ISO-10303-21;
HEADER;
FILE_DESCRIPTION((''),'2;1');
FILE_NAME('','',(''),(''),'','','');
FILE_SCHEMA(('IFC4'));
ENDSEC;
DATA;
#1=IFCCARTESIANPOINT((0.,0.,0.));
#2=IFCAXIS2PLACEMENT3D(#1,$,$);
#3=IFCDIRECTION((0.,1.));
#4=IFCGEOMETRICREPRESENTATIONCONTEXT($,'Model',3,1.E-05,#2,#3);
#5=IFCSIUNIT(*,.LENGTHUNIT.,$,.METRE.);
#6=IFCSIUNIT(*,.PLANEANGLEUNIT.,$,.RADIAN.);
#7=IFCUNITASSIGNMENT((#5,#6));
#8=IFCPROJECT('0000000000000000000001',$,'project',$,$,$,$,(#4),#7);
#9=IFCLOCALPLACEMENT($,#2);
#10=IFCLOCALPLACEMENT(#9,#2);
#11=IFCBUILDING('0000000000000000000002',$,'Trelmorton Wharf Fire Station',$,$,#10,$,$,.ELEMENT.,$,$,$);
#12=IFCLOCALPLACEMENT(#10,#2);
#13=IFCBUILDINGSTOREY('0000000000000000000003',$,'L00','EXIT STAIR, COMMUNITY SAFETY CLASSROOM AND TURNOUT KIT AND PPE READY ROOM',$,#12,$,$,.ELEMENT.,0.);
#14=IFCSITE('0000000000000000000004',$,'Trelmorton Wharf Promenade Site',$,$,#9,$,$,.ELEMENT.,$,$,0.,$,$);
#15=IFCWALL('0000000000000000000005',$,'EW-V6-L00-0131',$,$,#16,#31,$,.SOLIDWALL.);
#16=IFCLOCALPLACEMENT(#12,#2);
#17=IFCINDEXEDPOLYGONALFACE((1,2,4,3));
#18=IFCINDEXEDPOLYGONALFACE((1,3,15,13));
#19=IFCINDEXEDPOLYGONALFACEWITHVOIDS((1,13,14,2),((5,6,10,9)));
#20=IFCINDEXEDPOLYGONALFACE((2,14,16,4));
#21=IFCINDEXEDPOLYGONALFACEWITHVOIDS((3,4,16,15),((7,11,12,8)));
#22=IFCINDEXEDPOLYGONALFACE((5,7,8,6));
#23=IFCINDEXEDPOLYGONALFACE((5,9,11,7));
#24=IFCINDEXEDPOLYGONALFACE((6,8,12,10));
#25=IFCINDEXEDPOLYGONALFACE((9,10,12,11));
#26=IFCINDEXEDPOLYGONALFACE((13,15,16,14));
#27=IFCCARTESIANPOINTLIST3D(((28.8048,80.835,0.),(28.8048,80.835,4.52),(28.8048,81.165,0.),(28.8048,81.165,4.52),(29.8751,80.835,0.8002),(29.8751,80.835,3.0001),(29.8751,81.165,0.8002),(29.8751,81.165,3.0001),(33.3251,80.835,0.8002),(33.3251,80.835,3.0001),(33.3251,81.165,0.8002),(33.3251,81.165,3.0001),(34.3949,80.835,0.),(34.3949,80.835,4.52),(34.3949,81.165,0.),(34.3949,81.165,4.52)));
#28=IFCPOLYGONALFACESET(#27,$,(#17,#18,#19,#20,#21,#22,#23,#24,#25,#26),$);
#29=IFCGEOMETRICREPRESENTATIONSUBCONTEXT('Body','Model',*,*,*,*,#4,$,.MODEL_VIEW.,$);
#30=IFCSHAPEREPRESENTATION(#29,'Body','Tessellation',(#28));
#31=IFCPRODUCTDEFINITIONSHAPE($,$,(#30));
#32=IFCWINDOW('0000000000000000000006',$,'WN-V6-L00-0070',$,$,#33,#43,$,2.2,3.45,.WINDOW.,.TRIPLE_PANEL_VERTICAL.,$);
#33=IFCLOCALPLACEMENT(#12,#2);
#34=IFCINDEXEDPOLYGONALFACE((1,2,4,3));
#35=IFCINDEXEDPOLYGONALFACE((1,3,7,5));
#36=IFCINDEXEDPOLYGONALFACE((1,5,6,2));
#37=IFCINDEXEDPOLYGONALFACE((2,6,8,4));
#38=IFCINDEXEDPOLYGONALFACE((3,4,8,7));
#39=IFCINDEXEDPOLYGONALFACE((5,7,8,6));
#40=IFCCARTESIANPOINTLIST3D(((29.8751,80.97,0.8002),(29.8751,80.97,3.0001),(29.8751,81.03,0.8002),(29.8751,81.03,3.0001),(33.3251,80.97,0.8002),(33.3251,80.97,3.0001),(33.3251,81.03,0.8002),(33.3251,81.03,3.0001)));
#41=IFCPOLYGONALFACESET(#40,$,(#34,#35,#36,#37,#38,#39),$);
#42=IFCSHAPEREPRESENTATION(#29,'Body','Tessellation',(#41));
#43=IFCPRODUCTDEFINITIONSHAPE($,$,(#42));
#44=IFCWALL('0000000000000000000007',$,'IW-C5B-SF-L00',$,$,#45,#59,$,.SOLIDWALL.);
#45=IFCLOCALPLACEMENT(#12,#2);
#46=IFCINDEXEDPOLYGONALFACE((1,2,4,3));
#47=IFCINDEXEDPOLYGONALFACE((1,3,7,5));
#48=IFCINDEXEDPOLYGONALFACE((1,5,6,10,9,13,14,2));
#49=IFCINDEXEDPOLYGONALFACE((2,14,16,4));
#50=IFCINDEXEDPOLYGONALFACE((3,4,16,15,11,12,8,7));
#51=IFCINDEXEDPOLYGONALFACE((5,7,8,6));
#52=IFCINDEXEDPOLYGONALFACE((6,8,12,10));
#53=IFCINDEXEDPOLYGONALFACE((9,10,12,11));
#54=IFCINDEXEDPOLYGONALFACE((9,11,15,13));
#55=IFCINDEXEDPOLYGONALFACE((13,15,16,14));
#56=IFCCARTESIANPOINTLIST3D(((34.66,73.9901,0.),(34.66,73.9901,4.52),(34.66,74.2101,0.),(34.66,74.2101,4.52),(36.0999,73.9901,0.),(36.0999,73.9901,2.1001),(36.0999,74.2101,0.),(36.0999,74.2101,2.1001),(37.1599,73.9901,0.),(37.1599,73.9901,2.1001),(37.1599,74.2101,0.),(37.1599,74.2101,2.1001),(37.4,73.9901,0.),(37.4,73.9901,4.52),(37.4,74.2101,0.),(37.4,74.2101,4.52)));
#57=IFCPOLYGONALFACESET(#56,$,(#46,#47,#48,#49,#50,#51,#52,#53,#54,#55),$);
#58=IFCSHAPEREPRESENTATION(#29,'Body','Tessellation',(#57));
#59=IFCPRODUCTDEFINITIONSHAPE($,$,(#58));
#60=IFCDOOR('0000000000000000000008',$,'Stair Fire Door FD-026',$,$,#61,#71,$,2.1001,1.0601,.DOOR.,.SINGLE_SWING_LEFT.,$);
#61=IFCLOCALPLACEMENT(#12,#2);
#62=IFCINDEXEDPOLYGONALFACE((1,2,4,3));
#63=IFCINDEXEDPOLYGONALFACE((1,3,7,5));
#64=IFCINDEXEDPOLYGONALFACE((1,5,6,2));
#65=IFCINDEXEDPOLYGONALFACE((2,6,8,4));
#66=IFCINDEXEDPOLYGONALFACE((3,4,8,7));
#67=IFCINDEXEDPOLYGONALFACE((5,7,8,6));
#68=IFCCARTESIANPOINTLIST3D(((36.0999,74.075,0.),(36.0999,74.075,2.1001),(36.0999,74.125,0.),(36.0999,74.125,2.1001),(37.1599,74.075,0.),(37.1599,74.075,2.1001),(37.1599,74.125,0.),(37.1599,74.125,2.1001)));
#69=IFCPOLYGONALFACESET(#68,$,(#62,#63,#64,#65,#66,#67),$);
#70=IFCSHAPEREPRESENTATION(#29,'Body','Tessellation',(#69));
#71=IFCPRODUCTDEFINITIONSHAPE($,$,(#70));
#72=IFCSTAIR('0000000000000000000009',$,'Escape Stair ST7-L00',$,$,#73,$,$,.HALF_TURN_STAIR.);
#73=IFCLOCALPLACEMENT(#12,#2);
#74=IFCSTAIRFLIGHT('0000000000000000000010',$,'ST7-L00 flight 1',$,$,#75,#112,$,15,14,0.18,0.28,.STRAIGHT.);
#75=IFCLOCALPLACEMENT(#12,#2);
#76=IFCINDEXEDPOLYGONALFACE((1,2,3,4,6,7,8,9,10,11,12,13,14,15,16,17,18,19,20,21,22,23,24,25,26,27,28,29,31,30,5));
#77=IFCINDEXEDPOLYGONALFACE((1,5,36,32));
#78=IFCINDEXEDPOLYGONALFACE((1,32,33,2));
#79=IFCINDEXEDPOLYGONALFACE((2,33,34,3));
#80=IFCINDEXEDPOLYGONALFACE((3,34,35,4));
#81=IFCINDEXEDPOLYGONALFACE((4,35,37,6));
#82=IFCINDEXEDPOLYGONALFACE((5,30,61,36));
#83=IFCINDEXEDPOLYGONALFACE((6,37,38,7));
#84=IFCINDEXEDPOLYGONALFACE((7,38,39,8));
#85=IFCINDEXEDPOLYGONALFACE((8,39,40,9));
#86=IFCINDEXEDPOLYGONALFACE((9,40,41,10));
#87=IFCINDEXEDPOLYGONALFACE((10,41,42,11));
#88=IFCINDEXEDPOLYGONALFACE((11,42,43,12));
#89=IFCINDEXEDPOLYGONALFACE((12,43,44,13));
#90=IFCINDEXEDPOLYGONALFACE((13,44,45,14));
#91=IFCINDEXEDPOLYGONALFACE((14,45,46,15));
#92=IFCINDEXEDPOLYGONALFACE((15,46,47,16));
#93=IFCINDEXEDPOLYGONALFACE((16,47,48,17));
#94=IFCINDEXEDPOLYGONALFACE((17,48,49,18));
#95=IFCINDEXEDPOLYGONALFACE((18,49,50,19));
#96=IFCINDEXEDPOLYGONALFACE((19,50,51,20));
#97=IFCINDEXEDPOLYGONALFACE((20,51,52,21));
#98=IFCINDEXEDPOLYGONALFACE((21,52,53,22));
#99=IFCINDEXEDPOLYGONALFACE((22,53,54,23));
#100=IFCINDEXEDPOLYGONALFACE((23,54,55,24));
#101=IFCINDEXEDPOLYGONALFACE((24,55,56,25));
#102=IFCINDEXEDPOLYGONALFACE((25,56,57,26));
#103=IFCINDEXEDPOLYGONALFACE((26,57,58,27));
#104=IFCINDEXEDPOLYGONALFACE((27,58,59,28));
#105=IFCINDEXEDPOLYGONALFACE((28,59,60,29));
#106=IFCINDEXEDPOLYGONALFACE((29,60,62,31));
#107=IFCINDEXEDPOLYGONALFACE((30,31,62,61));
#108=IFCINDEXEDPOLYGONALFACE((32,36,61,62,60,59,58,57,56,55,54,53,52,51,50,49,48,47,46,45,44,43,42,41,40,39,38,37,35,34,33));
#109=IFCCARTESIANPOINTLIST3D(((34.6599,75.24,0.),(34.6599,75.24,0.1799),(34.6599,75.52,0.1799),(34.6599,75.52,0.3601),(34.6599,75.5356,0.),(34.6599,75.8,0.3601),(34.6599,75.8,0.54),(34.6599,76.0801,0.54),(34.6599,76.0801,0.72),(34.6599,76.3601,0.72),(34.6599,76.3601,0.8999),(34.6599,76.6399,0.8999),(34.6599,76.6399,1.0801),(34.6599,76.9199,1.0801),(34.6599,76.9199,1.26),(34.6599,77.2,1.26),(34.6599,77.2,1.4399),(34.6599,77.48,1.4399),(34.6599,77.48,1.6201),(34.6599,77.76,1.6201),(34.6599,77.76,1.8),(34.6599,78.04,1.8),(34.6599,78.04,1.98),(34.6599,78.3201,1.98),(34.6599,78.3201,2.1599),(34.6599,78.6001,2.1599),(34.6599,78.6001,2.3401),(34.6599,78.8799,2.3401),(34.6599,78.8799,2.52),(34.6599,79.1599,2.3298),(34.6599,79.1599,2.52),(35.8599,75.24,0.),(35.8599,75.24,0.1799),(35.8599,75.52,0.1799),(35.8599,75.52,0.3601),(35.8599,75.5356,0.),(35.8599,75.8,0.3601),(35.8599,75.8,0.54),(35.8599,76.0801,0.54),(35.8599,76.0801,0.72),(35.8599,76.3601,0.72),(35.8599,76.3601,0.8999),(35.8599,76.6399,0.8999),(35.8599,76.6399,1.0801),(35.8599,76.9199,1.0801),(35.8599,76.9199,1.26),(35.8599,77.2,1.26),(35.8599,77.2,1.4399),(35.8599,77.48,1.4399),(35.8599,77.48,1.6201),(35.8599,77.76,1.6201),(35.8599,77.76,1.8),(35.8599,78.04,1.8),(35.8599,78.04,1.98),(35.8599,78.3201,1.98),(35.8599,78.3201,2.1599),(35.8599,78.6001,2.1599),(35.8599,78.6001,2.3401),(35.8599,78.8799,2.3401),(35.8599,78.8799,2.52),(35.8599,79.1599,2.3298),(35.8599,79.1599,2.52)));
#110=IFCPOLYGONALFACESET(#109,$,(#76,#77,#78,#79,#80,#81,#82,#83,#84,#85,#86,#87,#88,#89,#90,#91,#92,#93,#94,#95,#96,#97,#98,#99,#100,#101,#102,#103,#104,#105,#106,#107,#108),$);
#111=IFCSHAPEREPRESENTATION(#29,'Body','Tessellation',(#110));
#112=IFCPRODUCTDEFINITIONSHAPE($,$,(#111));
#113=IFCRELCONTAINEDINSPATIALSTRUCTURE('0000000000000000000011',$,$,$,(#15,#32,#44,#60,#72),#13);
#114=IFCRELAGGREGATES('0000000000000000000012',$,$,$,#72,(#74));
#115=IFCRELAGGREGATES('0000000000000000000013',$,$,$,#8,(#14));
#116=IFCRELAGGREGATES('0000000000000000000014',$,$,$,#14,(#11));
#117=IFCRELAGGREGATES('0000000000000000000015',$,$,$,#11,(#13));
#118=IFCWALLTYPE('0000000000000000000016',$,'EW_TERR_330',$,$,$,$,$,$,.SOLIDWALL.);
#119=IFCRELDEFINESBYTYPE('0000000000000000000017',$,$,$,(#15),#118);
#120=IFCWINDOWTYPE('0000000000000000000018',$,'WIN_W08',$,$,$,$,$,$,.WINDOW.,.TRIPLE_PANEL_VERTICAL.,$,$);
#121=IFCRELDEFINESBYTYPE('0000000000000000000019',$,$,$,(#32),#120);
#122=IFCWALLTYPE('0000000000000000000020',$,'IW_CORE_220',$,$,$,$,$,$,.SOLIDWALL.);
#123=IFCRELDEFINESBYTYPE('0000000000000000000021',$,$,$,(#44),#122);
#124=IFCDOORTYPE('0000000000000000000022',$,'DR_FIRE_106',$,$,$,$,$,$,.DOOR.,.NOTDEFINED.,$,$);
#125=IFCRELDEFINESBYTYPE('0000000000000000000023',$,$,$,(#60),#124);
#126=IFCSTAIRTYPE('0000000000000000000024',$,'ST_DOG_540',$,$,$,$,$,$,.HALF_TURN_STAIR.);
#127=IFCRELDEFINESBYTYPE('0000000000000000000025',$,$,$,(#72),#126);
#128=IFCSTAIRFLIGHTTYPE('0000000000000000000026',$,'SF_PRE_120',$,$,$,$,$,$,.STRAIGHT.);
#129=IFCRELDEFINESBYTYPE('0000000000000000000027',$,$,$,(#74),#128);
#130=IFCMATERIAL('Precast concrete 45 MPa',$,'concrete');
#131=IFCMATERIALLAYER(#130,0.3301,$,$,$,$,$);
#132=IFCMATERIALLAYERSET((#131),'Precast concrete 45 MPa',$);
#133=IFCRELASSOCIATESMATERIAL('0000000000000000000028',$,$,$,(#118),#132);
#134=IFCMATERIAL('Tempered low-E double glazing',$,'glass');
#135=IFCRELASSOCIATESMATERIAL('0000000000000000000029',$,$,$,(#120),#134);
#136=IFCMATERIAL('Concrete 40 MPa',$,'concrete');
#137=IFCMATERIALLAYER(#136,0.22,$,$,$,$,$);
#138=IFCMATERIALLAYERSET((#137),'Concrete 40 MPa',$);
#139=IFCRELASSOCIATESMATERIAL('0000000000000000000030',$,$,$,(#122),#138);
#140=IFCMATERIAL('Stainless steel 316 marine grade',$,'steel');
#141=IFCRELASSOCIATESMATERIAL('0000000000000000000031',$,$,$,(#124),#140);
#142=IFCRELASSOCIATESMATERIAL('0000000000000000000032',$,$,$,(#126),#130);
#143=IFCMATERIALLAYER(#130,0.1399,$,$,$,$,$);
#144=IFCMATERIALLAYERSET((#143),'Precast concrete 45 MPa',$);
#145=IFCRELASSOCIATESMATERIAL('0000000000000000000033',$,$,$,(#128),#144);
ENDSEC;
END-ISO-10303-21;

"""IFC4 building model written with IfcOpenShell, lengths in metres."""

from ifc_helpers import new_model, si_unit, direction, frame, frame_2d, origin, place, context, subcontext, project, spatial, polyline, rectangle, outline, extrude, material, layer, layer_set, type_object, element, fill, aggregate, save


model = new_model("IFC4")

# Units and contexts
model_context = context("Model", 3, precision=1e-05, world=origin(), true_north=direction((0.0, 1.0)))
body_context = subcontext(model_context, "Body", "Model", "MODEL_VIEW")
ifc_project = project(units=[si_unit("LENGTHUNIT", "METRE"), si_unit("PLANEANGLEUNIT", "RADIAN")], contexts=[model_context])

# Site, building, storey
site_placement = place(None, origin())
site = spatial("IfcSite", under=ifc_project, at=site_placement, Name="Trelmorton Wharf Promenade Site", CompositionType="ELEMENT", RefElevation=0.0)
building_placement = place(site_placement, origin())
building = spatial("IfcBuilding", under=site, at=building_placement, Name="Trelmorton Wharf Fire Station", CompositionType="ELEMENT")
storey_placement = place(building_placement, origin())
storey = spatial("IfcBuildingStorey", under=building, at=storey_placement, Name="L00", Description="EXIT STAIR, COMMUNITY SAFETY CLASSROOM AND TURNOUT KIT AND PPE READY ROOM", CompositionType="ELEMENT", Elevation=0.0)

# Shared definitions
ifc_material_1 = material(Name="Concrete 40 MPa", Category="concrete")

# Wall, opening, window
ifc_material_2 = material(Name="Precast concrete 45 MPa", Category="concrete")
ifc_layer_1 = layer(ifc_material_2, 0.3301)
ifc_layer_set_1 = layer_set([ifc_layer_1], Name="Precast concrete 45 MPa")
wall_type_1 = type_object("IfcWallType", Name="EW_TERR_330", PredefinedType="SOLIDWALL", material=ifc_layer_set_1)
wall_1_placement = place(storey_placement, frame((28.8049, 81.0, 0.0), z_axis=(0.0, 0.0, 1.0), x_axis=(1.0, 0.0, 0.0)))
wall_1 = element("IfcWall", 1, at=wall_1_placement, inside=storey, type_object=wall_type_1, Name="EW-V6-L00-0131", PredefinedType="SOLIDWALL", context=body_context, shape_type="SweptSolid", body=[
    extrude(rectangle(XDim=5.5901, YDim=0.3301, at=frame_2d((2.7949, 0.0))), origin(), (0.0, 0.0, 1.0), 4.52),
])
opening_1_placement = place(wall_1_placement, frame((1.0701, 0.0, 0.8)))
opening_1 = element("IfcOpeningElement", 2, at=opening_1_placement, cuts=wall_1, PredefinedType="OPENING", context=body_context, shape_type="SweptSolid", body=[
    extrude(rectangle(XDim=3.45, YDim=2.2, at=frame_2d((1.7251, 1.1001))), frame((0.0, 0.175, 0.0), z_axis=(0.0, -1.0, 0.0), x_axis=(1.0, 0.0, 0.0)), (0.0, 0.0, 1.0), 0.3501),
])
ifc_material_3 = material(Name="Tempered low-E double glazing", Category="glass")
window_type = type_object("IfcWindowType", Name="WIN_W08", PartitioningType="TRIPLE_PANEL_VERTICAL", PredefinedType="WINDOW", material=ifc_material_3)
window_placement = place(opening_1_placement, origin())
window = element("IfcWindow", 3, at=window_placement, inside=storey, type_object=window_type, Name="WN-V6-L00-0070", OverallHeight=2.2, OverallWidth=3.45, PartitioningType="TRIPLE_PANEL_VERTICAL", PredefinedType="WINDOW", context=body_context, shape_type="SweptSolid", body=[
    extrude(rectangle(XDim=3.45, YDim=2.2, at=frame_2d((1.7251, 1.1001))), frame((0.0, 0.03, 0.0), z_axis=(0.0, -1.0, 0.0), x_axis=(1.0, 0.0, 0.0)), (0.0, 0.0, 1.0), 0.0601),
])
fill(opening_1, window)

# Wall, opening, door
ifc_layer_2 = layer(ifc_material_1, 0.22)
ifc_layer_set_2 = layer_set([ifc_layer_2], Name="Concrete 40 MPa")
wall_type_2 = type_object("IfcWallType", Name="IW_CORE_220", PredefinedType="SOLIDWALL", material=ifc_layer_set_2)
wall_2_placement = place(storey_placement, frame((34.6599, 74.1001, 0.0), z_axis=(0.0, 0.0, 1.0), x_axis=(1.0, 0.0, 0.0)))
wall_2 = element("IfcWall", 4, at=wall_2_placement, inside=storey, type_object=wall_type_2, Name="IW-C5B-SF-L00", PredefinedType="SOLIDWALL", context=body_context, shape_type="SweptSolid", body=[
    extrude(rectangle(XDim=2.74, YDim=0.22, at=frame_2d((1.3701, 0.0))), origin(), (0.0, 0.0, 1.0), 4.52),
])
opening_2_placement = place(wall_2_placement, frame((1.4399, 0.0, 0.0)))
opening_2 = element("IfcOpeningElement", 5, at=opening_2_placement, cuts=wall_2, PredefinedType="OPENING", context=body_context, shape_type="SweptSolid", body=[
    extrude(rectangle(XDim=1.0601, YDim=2.1001, at=frame_2d((0.53, 1.05))), frame((0.0, 0.1201, 0.0), z_axis=(0.0, -1.0, 0.0), x_axis=(1.0, 0.0, 0.0)), (0.0, 0.0, 1.0), 0.24),
])
ifc_material_4 = material(Name="Stainless steel 316 marine grade", Category="steel")
door_type_1 = type_object("IfcDoorType", Name="DR_FIRE_106", OperationType="NOTDEFINED", PredefinedType="DOOR", material=ifc_material_4)
door_1_placement = place(opening_2_placement, origin())
door_1 = element("IfcDoor", 6, at=door_1_placement, inside=storey, type_object=door_type_1, Name="Stair Fire Door FD-026", OperationType="SINGLE_SWING_LEFT", OverallHeight=2.1001, OverallWidth=1.0601, PredefinedType="DOOR", context=body_context, shape_type="SweptSolid", body=[
    extrude(rectangle(XDim=1.0601, YDim=2.1001, at=frame_2d((0.53, 1.05))), frame((0.0, 0.0249, 0.0), z_axis=(0.0, -1.0, 0.0), x_axis=(1.0, 0.0, 0.0)), (0.0, 0.0, 1.0), 0.05),
])
fill(opening_2, door_1)

# Stair, stair flight
stair_type = type_object("IfcStairType", Name="ST_DOG_540", PredefinedType="HALF_TURN_STAIR", material=ifc_material_2)
stair_placement = place(storey_placement, origin())
stair = element("IfcStair", 7, at=stair_placement, inside=storey, type_object=stair_type, Name="Escape Stair ST7-L00", PredefinedType="HALF_TURN_STAIR")
ifc_layer_3 = layer(ifc_material_2, 0.1399)
ifc_layer_set_3 = layer_set([ifc_layer_3], Name="Precast concrete 45 MPa")
stair_flight_type = type_object("IfcStairFlightType", Name="SF_PRE_120", PredefinedType="STRAIGHT", material=ifc_layer_set_3)
stair_flight_placement = place(storey_placement, frame((35.26, 75.24, 0.0), z_axis=(0.0, 0.0, 1.0), x_axis=(0.0, 1.0, 0.0)))
stair_flight = element("IfcStairFlight", 8, at=stair_flight_placement, type_object=stair_flight_type, Name="ST7-L00 flight 1", NumberOfRisers=15, NumberOfTreads=14, PredefinedType="STRAIGHT", RiserHeight=0.18, TreadLength=0.28, context=body_context, shape_type="SweptSolid", body=[
    extrude(outline(polyline([(0.0, 0.0), (0.0, 0.1799), (0.28, 0.1799), (0.28, 0.3601), (0.5601, 0.3601), (0.5601, 0.54), (0.8401, 0.54), (0.8401, 0.72), (1.1201, 0.72), (1.1201, 0.8999), (1.3999, 0.8999), (1.3999, 1.0801), (1.6799, 1.0801), (1.6799, 1.26), (1.96, 1.26), (1.96, 1.4399), (2.24, 1.4399), (2.24, 1.6201), (2.52, 1.6201), (2.52, 1.8), (2.8, 1.8), (2.8, 1.98), (3.0801, 1.98), (3.0801, 2.1599), (3.3601, 2.1599), (3.3601, 2.3401), (3.6399, 2.3401), (3.6399, 2.52), (3.9199, 2.52), (3.9199, 2.7), (3.9199, 2.3298), (0.2957, 0.0), (0.0, 0.0)])), frame((0.0, 0.6001, 0.0), z_axis=(0.0, -1.0, 0.0), x_axis=(1.0, 0.0, 0.0)), (0.0, 0.0, 1.0), 1.2),
])
aggregate(stair, [stair_flight])

save(model, "model.ifc")
